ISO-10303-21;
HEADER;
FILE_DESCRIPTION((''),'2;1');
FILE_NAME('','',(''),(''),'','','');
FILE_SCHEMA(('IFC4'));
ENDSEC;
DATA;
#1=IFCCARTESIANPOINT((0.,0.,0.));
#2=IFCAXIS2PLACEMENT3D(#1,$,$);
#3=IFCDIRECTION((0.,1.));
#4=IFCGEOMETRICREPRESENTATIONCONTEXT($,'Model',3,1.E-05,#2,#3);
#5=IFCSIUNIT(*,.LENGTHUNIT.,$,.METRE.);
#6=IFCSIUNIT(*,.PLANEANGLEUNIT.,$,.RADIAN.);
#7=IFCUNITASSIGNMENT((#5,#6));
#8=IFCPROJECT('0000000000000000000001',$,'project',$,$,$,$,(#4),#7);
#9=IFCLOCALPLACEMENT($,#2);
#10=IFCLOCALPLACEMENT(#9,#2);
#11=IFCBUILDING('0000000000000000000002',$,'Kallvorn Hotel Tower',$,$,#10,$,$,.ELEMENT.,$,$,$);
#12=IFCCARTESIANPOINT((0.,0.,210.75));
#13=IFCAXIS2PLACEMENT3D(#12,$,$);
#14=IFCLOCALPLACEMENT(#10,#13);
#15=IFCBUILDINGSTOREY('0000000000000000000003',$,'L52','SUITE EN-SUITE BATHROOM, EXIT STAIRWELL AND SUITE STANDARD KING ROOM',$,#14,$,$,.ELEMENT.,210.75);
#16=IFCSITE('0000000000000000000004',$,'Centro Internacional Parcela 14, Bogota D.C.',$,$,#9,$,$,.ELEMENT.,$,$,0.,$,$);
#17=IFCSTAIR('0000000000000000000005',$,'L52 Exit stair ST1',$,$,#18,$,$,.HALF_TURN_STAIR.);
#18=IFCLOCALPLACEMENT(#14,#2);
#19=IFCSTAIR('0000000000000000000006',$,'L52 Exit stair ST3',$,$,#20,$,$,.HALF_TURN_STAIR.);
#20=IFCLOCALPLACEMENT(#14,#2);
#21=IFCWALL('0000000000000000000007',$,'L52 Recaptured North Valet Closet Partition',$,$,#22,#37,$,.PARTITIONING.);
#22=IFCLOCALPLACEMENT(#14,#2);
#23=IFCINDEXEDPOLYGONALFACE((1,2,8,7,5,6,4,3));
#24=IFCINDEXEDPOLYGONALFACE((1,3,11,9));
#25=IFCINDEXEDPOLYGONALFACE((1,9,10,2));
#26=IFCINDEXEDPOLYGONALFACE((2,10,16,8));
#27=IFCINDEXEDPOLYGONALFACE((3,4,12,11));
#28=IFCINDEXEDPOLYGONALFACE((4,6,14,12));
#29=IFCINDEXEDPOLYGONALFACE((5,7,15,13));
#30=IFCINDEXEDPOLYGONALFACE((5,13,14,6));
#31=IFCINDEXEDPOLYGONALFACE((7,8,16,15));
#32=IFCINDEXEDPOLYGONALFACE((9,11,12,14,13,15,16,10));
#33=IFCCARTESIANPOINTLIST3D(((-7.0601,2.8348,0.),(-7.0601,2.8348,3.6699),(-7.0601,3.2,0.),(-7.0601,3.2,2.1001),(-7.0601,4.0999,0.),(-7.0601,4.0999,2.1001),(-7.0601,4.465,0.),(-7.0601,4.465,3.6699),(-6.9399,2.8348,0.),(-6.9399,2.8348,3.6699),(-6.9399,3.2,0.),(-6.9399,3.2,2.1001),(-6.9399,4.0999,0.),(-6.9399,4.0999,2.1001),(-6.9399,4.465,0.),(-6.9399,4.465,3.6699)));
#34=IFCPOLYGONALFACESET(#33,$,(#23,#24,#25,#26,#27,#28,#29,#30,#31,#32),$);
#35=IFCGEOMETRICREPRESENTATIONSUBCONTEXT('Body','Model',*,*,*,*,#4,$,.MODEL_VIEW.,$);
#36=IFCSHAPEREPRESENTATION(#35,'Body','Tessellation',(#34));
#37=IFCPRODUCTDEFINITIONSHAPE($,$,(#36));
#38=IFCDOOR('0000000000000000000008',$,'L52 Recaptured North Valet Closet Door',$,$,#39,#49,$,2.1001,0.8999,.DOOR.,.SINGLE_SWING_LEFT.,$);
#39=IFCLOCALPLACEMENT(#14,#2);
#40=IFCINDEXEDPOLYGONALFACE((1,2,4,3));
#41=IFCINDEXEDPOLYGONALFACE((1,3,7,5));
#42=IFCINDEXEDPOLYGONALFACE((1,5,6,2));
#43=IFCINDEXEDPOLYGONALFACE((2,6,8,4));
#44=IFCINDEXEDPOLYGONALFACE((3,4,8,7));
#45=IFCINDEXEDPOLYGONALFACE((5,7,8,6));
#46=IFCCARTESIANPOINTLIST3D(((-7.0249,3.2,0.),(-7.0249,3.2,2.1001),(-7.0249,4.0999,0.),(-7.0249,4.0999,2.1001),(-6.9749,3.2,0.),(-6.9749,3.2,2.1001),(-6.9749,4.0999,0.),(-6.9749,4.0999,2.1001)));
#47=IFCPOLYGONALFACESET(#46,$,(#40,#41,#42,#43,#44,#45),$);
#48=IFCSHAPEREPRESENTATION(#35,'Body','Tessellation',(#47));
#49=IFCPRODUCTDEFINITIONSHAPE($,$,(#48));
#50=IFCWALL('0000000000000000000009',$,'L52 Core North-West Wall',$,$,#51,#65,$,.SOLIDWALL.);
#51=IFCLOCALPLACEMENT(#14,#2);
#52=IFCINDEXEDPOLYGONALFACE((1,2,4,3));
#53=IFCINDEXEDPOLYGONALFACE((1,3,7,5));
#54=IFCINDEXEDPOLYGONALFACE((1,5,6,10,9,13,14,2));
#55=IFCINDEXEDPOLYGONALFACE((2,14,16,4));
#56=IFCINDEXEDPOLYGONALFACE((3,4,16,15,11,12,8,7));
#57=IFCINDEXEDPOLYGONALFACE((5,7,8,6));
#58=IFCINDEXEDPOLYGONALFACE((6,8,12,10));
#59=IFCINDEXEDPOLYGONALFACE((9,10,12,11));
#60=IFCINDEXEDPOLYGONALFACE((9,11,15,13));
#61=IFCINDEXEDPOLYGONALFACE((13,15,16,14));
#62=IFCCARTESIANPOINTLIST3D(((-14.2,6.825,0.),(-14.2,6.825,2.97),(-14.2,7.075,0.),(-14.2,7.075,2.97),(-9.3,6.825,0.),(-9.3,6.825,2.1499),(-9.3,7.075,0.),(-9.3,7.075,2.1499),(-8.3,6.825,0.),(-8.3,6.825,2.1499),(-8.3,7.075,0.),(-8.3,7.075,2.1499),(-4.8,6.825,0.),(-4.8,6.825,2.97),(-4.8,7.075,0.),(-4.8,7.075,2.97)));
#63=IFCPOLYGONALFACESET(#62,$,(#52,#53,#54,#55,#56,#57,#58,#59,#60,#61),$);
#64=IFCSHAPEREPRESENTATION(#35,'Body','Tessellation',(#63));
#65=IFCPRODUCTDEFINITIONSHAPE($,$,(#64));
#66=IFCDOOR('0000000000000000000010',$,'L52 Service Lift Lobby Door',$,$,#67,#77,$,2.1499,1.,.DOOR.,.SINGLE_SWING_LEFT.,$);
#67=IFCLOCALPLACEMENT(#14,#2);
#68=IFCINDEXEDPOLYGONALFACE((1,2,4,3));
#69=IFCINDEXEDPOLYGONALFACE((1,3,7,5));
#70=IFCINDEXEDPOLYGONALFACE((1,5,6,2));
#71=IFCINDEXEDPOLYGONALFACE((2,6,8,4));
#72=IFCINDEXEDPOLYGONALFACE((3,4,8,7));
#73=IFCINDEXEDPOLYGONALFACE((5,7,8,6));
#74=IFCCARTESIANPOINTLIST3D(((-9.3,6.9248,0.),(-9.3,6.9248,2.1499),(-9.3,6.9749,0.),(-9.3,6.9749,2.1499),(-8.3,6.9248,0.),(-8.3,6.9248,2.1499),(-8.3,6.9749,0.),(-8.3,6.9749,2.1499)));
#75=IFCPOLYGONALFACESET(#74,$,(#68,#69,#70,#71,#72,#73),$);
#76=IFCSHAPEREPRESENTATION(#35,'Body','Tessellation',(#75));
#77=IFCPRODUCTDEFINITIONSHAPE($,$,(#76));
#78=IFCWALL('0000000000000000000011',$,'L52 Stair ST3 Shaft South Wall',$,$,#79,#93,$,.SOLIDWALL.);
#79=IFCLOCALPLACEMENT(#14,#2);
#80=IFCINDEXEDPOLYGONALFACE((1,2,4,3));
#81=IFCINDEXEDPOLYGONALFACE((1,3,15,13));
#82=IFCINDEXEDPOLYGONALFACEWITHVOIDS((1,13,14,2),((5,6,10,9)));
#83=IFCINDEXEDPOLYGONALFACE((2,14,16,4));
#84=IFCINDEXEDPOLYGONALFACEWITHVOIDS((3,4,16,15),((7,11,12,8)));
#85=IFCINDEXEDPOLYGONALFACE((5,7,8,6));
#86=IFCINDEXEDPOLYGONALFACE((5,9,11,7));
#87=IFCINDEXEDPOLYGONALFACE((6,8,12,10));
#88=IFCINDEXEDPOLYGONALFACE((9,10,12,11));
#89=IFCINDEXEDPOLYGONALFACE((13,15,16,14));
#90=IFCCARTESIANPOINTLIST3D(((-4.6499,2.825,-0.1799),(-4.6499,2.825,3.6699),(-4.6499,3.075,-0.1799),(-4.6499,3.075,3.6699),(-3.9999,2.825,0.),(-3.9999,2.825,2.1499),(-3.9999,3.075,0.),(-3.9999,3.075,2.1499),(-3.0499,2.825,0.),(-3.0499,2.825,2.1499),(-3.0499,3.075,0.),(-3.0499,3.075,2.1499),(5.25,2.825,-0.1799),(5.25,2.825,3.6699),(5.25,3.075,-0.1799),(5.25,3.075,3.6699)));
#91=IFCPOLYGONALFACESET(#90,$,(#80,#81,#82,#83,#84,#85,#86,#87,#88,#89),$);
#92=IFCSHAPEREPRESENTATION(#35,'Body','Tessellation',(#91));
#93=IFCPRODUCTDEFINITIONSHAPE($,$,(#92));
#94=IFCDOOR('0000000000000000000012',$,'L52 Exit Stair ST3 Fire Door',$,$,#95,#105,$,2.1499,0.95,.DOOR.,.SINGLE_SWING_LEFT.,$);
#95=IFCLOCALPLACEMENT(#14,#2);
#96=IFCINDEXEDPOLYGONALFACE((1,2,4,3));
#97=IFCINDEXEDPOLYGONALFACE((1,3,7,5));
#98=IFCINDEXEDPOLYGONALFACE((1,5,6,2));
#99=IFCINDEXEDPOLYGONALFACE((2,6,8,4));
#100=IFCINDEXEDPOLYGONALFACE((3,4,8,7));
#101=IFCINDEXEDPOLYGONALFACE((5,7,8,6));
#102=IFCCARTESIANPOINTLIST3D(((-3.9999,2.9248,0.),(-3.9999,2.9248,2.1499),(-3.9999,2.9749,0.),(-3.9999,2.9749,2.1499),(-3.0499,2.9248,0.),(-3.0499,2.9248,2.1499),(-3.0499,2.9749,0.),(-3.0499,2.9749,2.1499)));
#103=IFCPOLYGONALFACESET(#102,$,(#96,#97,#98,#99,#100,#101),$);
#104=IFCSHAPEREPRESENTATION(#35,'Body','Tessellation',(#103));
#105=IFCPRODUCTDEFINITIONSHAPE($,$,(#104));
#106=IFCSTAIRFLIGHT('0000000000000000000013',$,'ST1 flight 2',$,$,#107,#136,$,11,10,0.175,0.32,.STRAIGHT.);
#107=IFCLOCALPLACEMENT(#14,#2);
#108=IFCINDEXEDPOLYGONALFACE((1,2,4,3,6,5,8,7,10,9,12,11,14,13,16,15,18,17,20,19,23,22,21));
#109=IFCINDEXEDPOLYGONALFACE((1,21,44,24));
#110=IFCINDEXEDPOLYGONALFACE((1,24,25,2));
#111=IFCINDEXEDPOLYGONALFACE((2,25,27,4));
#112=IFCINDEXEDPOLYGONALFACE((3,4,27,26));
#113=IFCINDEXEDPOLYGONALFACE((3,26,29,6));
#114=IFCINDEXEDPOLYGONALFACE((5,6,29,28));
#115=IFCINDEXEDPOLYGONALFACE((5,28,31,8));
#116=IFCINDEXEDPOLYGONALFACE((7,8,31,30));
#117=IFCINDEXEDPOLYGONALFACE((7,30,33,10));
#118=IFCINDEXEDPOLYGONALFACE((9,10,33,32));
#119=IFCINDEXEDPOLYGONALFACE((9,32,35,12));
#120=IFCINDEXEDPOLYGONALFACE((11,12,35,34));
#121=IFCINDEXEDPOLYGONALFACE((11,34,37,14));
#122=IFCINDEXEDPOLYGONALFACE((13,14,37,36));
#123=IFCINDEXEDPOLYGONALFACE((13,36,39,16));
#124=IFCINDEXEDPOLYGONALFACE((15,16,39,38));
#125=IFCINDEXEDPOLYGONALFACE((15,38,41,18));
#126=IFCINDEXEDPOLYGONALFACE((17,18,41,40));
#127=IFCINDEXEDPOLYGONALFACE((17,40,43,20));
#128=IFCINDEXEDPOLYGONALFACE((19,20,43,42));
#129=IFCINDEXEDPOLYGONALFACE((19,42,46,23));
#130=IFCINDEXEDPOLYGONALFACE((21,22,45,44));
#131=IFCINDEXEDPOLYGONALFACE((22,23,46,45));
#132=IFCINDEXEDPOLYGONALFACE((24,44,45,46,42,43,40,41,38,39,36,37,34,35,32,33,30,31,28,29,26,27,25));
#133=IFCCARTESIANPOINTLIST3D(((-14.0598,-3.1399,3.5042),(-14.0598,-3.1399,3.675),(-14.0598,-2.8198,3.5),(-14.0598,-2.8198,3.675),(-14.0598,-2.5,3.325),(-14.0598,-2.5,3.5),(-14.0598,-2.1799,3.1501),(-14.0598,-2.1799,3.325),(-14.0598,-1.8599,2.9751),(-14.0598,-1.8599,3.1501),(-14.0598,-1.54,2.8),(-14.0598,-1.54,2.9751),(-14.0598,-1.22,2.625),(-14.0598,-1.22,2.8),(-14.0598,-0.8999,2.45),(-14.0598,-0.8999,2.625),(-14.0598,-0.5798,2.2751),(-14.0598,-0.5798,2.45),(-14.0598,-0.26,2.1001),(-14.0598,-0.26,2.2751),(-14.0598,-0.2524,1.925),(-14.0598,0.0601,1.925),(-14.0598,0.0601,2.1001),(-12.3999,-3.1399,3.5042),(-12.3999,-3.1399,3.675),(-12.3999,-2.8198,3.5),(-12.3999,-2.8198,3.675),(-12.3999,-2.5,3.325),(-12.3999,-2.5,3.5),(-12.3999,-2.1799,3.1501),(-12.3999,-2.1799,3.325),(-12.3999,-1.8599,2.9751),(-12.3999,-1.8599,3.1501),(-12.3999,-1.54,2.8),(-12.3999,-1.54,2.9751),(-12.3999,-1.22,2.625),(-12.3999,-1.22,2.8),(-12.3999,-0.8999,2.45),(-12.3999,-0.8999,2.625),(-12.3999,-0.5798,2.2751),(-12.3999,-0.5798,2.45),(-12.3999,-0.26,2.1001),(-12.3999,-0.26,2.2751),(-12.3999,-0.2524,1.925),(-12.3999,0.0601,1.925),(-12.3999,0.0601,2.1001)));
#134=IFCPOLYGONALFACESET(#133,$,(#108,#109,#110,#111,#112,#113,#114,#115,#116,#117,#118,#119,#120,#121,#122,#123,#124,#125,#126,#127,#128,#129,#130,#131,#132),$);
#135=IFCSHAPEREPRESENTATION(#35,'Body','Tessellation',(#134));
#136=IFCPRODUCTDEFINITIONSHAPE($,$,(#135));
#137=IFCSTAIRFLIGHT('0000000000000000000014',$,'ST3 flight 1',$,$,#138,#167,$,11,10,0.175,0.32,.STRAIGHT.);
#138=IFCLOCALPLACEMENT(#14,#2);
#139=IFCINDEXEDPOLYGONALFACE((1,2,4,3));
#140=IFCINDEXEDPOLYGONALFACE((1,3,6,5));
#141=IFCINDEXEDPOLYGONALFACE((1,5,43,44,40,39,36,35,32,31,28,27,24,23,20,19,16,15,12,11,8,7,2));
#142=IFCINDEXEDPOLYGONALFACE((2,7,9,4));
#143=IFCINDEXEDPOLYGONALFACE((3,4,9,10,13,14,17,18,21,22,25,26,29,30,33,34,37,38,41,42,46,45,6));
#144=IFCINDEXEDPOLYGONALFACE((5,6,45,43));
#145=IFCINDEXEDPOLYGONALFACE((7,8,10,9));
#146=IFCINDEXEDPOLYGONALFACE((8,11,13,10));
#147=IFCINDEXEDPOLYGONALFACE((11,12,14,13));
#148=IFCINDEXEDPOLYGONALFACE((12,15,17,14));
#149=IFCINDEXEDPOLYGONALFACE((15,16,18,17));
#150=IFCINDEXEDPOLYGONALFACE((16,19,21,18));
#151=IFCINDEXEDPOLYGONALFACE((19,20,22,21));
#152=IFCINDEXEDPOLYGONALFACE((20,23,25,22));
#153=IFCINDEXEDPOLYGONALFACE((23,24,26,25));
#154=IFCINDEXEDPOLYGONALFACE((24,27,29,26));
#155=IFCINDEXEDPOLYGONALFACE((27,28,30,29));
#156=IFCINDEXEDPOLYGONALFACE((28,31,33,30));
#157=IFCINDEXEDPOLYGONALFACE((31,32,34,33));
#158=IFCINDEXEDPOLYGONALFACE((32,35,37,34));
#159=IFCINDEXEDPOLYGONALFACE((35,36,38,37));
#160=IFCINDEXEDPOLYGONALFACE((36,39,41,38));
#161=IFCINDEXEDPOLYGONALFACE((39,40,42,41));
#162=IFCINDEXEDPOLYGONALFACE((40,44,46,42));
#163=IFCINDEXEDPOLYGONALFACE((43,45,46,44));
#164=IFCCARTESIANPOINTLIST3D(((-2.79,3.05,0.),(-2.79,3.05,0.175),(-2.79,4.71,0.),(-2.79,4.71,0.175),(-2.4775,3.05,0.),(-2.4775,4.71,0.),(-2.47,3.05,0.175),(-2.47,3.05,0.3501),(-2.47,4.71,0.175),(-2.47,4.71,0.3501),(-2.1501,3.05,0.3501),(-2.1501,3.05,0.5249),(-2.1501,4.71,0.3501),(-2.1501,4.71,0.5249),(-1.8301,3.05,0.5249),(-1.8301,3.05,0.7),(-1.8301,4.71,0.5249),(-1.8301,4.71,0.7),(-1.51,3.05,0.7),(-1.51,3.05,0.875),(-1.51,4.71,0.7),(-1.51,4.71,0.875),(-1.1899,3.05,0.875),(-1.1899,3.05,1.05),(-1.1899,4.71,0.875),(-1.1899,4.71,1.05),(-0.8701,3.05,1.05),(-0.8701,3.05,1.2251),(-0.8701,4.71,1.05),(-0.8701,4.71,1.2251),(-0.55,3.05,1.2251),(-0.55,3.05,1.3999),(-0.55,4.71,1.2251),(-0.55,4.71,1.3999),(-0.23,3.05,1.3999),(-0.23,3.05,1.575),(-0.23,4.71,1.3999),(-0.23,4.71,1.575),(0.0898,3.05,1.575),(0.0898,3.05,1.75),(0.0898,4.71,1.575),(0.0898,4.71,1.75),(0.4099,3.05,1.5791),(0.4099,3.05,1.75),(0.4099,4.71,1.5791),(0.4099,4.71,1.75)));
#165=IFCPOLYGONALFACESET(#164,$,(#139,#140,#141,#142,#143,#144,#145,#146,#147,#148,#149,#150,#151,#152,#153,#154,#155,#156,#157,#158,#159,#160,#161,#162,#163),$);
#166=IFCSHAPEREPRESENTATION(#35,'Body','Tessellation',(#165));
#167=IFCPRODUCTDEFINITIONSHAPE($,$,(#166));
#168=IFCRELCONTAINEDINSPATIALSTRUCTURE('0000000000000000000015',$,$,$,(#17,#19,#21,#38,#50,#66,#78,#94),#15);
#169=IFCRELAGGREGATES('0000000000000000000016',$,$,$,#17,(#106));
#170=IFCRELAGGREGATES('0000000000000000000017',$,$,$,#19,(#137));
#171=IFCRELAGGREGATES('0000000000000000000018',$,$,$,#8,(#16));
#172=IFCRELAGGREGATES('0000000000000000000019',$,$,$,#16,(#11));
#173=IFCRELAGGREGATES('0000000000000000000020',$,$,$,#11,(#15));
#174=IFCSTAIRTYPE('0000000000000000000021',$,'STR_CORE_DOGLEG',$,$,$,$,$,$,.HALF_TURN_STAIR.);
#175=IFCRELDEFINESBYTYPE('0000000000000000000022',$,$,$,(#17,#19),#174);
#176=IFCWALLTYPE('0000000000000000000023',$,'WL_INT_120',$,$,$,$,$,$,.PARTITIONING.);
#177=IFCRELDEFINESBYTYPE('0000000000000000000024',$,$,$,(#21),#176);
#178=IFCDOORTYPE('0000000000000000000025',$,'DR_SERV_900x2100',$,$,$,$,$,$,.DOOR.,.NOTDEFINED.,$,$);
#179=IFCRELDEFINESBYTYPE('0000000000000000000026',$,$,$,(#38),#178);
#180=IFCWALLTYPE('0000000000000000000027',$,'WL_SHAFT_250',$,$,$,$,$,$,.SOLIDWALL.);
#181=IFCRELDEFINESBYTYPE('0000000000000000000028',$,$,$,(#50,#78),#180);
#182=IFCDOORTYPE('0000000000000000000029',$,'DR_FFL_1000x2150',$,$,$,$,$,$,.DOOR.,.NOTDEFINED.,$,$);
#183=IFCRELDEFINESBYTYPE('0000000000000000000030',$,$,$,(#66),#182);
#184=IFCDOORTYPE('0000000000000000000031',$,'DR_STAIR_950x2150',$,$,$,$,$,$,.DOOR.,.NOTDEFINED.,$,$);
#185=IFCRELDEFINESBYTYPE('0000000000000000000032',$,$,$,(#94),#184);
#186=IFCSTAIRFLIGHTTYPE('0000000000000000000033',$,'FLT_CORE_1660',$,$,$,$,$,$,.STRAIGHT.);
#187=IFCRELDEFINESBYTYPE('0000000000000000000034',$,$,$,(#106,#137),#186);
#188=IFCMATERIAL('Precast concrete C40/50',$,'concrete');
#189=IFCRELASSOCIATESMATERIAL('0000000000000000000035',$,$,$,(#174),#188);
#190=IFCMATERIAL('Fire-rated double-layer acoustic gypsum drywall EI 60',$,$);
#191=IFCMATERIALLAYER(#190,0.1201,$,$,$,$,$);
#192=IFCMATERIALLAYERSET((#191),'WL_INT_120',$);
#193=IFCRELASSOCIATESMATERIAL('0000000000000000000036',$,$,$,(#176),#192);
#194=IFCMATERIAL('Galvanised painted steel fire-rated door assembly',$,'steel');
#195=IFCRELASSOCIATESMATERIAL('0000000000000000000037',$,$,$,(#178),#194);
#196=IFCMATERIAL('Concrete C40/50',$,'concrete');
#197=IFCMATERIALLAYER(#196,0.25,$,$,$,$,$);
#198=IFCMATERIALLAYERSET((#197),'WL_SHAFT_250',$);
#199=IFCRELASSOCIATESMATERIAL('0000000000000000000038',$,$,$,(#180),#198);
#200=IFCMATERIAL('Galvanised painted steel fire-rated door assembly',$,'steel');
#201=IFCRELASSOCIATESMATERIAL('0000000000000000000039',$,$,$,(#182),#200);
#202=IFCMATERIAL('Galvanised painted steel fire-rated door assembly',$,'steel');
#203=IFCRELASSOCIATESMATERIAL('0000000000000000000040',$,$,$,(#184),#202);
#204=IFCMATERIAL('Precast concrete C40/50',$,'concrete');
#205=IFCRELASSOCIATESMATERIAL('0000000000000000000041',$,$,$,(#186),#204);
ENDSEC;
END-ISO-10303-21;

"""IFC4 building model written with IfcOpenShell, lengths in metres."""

from ifc_helpers import new_model, si_unit, direction, frame, frame_2d, origin, place, context, subcontext, project, spatial, polyline, rectangle, outline, extrude, material, layer, layer_set, type_object, element, fill, aggregate, save


model = new_model("IFC4")

# Units and contexts
model_context = context("Model", 3, precision=1e-05, world=origin(), true_north=direction((0.0, 1.0)))
body_context = subcontext(model_context, "Body", "Model", "MODEL_VIEW")
ifc_project = project(units=[si_unit("LENGTHUNIT", "METRE"), si_unit("PLANEANGLEUNIT", "RADIAN")], contexts=[model_context])

# Site, building, storey
site_placement = place(None, origin())
site = spatial("IfcSite", under=ifc_project, at=site_placement, Name="Centro Internacional Parcela 14, Bogota D.C.", CompositionType="ELEMENT", RefElevation=0.0)
building_placement = place(site_placement, origin())
building = spatial("IfcBuilding", under=site, at=building_placement, Name="Kallvorn Hotel Tower", CompositionType="ELEMENT")
storey_placement = place(building_placement, frame((0.0, 0.0, 210.75)))
storey = spatial("IfcBuildingStorey", under=building, at=storey_placement, Name="L52", Description="SUITE EN-SUITE BATHROOM, EXIT STAIRWELL AND SUITE STANDARD KING ROOM", CompositionType="ELEMENT", Elevation=210.75)

# Stairs
ifc_material_1 = material(Name="Precast concrete C40/50", Category="concrete")
stair_type = type_object("IfcStairType", Name="STR_CORE_DOGLEG", PredefinedType="HALF_TURN_STAIR", material=ifc_material_1)
stair_1_placement = place(storey_placement, origin())
stair_1 = element("IfcStair", 1, at=stair_1_placement, inside=storey, type_object=stair_type, Name="L52 Exit stair ST1", PredefinedType="HALF_TURN_STAIR")
stair_2_placement = place(storey_placement, origin())
stair_2 = element("IfcStair", 2, at=stair_2_placement, inside=storey, type_object=stair_type, Name="L52 Exit stair ST3", PredefinedType="HALF_TURN_STAIR")

# Shared definitions
ifc_material_2 = material(Name="Fire-rated double-layer acoustic gypsum drywall EI 60")
ifc_layer_1 = layer(ifc_material_2, 0.1201)
ifc_layer_set_1 = layer_set([ifc_layer_1], Name="WL_INT_120")
wall_type_1 = type_object("IfcWallType", Name="WL_INT_120", PredefinedType="PARTITIONING", material=ifc_layer_set_1)

# Walls, openings, doors
wall_1_placement = place(storey_placement, frame((-7.0, 2.835, 0.0), z_axis=(0.0, 0.0, 1.0), x_axis=(0.0, 1.0, 0.0)))
wall_1 = element("IfcWall", 3, at=wall_1_placement, inside=storey, type_object=wall_type_1, Name="L52 Recaptured North Valet Closet Partition", PredefinedType="PARTITIONING", context=body_context, shape_type="SweptSolid", body=[
    extrude(rectangle(XDim=1.6301, YDim=0.1201, at=frame_2d((0.8149, 0.0))), origin(), (0.0, 0.0, 1.0), 3.6699),
])
opening_1_placement = place(wall_1_placement, frame((0.365, 0.0, 0.0)))
opening_1 = element("IfcOpeningElement", 4, at=opening_1_placement, cuts=wall_1, PredefinedType="OPENING", context=body_context, shape_type="SweptSolid", body=[
    extrude(rectangle(XDim=0.8999, YDim=2.1001, at=frame_2d((0.45, 1.05))), frame((0.0, 0.075, 0.0), z_axis=(0.0, -1.0, 0.0), x_axis=(1.0, 0.0, 0.0)), (0.0, 0.0, 1.0), 0.1501),
])
ifc_material_3 = material(Name="Galvanised painted steel fire-rated door assembly", Category="steel")
door_type_1 = type_object("IfcDoorType", Name="DR_SERV_900x2100", OperationType="NOTDEFINED", PredefinedType="DOOR", material=ifc_material_3)
door_1_placement = place(opening_1_placement, origin())
door_1 = element("IfcDoor", 5, at=door_1_placement, inside=storey, type_object=door_type_1, Name="L52 Recaptured North Valet Closet Door", OperationType="SINGLE_SWING_LEFT", OverallHeight=2.1001, OverallWidth=0.8999, PredefinedType="DOOR", context=body_context, shape_type="SweptSolid", body=[
    extrude(rectangle(XDim=0.8999, YDim=2.1001, at=frame_2d((0.45, 1.05))), frame((0.0, 0.0249, 0.0), z_axis=(0.0, -1.0, 0.0), x_axis=(1.0, 0.0, 0.0)), (0.0, 0.0, 1.0), 0.05),
])
fill(opening_1, door_1)
ifc_material_4 = material(Name="Concrete C40/50", Category="concrete")
ifc_layer_2 = layer(ifc_material_4, 0.25)
ifc_layer_set_2 = layer_set([ifc_layer_2], Name="WL_SHAFT_250")
wall_type_2 = type_object("IfcWallType", Name="WL_SHAFT_250", PredefinedType="SOLIDWALL", material=ifc_layer_set_2)
wall_2_placement = place(storey_placement, frame((-14.2, 6.95, 0.0), z_axis=(0.0, 0.0, 1.0), x_axis=(1.0, 0.0, 0.0)))
wall_2 = element("IfcWall", 6, at=wall_2_placement, inside=storey, type_object=wall_type_2, Name="L52 Core North-West Wall", PredefinedType="SOLIDWALL", context=body_context, shape_type="SweptSolid", body=[
    extrude(rectangle(XDim=9.3999, YDim=0.25, at=frame_2d((4.7, 0.0))), origin(), (0.0, 0.0, 1.0), 2.97),
])
opening_2_placement = place(wall_2_placement, frame((4.8999, 0.0, 0.0)))
opening_2 = element("IfcOpeningElement", 7, at=opening_2_placement, cuts=wall_2, PredefinedType="OPENING", context=body_context, shape_type="SweptSolid", body=[
    extrude(rectangle(XDim=1.0, YDim=2.1499, at=frame_2d((0.5, 1.075))), frame((0.0, 0.1399, 0.0), z_axis=(0.0, -1.0, 0.0), x_axis=(1.0, 0.0, 0.0)), (0.0, 0.0, 1.0), 0.28),
])
ifc_material_5 = material(Name="Galvanised painted steel fire-rated door assembly", Category="steel")
door_type_2 = type_object("IfcDoorType", Name="DR_FFL_1000x2150", OperationType="NOTDEFINED", PredefinedType="DOOR", material=ifc_material_5)
door_2_placement = place(opening_2_placement, origin())
door_2 = element("IfcDoor", 8, at=door_2_placement, inside=storey, type_object=door_type_2, Name="L52 Service Lift Lobby Door", OperationType="SINGLE_SWING_LEFT", OverallHeight=2.1499, OverallWidth=1.0, PredefinedType="DOOR", context=body_context, shape_type="SweptSolid", body=[
    extrude(rectangle(XDim=1.0, YDim=2.1499, at=frame_2d((0.5, 1.075))), frame((0.0, 0.0249, 0.0), z_axis=(0.0, -1.0, 0.0), x_axis=(1.0, 0.0, 0.0)), (0.0, 0.0, 1.0), 0.05),
])
fill(opening_2, door_2)
wall_3_placement = place(storey_placement, frame((-4.6499, 2.95, -0.1799), z_axis=(0.0, 0.0, 1.0), x_axis=(1.0, 0.0, 0.0)))
wall_3 = element("IfcWall", 9, at=wall_3_placement, inside=storey, type_object=wall_type_2, Name="L52 Stair ST3 Shaft South Wall", PredefinedType="SOLIDWALL", context=body_context, shape_type="SweptSolid", body=[
    extrude(rectangle(XDim=9.8999, YDim=0.25, at=frame_2d((4.95, 0.0))), origin(), (0.0, 0.0, 1.0), 3.8499),
])
opening_3_placement = place(wall_3_placement, frame((0.6499, 0.0, 0.1799)))
opening_3 = element("IfcOpeningElement", 10, at=opening_3_placement, cuts=wall_3, PredefinedType="OPENING", context=body_context, shape_type="SweptSolid", body=[
    extrude(rectangle(XDim=0.95, YDim=2.1499, at=frame_2d((0.4751, 1.075))), frame((0.0, 0.1399, 0.0), z_axis=(0.0, -1.0, 0.0), x_axis=(1.0, 0.0, 0.0)), (0.0, 0.0, 1.0), 0.28),
])
ifc_material_6 = material(Name="Galvanised painted steel fire-rated door assembly", Category="steel")
door_type_3 = type_object("IfcDoorType", Name="DR_STAIR_950x2150", OperationType="NOTDEFINED", PredefinedType="DOOR", material=ifc_material_6)
door_3_placement = place(opening_3_placement, origin())
door_3 = element("IfcDoor", 11, at=door_3_placement, inside=storey, type_object=door_type_3, Name="L52 Exit Stair ST3 Fire Door", OperationType="SINGLE_SWING_LEFT", OverallHeight=2.1499, OverallWidth=0.95, PredefinedType="DOOR", context=body_context, shape_type="SweptSolid", body=[
    extrude(rectangle(XDim=0.95, YDim=2.1499, at=frame_2d((0.4751, 1.075))), frame((0.0, 0.0249, 0.0), z_axis=(0.0, -1.0, 0.0), x_axis=(1.0, 0.0, 0.0)), (0.0, 0.0, 1.0), 0.05),
])
fill(opening_3, door_3)

# Stair flights
ifc_material_7 = material(Name="Precast concrete C40/50", Category="concrete")
stair_flight_type = type_object("IfcStairFlightType", Name="FLT_CORE_1660", PredefinedType="STRAIGHT", material=ifc_material_7)
stair_flight_1_placement = place(storey_placement, frame((-13.23, 0.0601, 1.925), z_axis=(0.0, 0.0, 1.0), x_axis=(0.0, -1.0, 0.0)))
stair_flight_1 = element("IfcStairFlight", 12, at=stair_flight_1_placement, type_object=stair_flight_type, Name="ST1 flight 2", NumberOfRisers=11, NumberOfTreads=10, PredefinedType="STRAIGHT", RiserHeight=0.175, TreadLength=0.32, context=body_context, shape_type="SweptSolid", body=[
    extrude(outline(polyline([(0.0, 0.0), (0.0, 0.175), (0.3201, 0.175), (0.3201, 0.3501), (0.6399, 0.3501), (0.6399, 0.5249), (0.96, 0.5249), (0.96, 0.7), (1.28, 0.7), (1.28, 0.875), (1.6001, 0.875), (1.6001, 1.05), (1.9199, 1.05), (1.9199, 1.2251), (2.24, 1.2251), (2.24, 1.3999), (2.5601, 1.3999), (2.5601, 1.575), (2.8799, 1.575), (2.8799, 1.75), (3.2, 1.75), (3.2, 1.925), (3.2, 1.5791), (0.3125, 0.0), (0.0, 0.0)])), frame((0.0, 0.8301, 0.0), z_axis=(0.0, -1.0, 0.0), x_axis=(1.0, 0.0, 0.0)), (0.0, 0.0, 1.0), 1.6599),
])
aggregate(stair_1, [stair_flight_1])
stair_flight_2_placement = place(storey_placement, frame((-2.79, 3.8799, 0.0), z_axis=(0.0, 0.0, 1.0), x_axis=(1.0, 0.0, 0.0)))
stair_flight_2 = element("IfcStairFlight", 13, at=stair_flight_2_placement, type_object=stair_flight_type, Name="ST3 flight 1", NumberOfRisers=11, NumberOfTreads=10, PredefinedType="STRAIGHT", RiserHeight=0.175, TreadLength=0.32, context=body_context, shape_type="SweptSolid", body=[
    extrude(outline(polyline([(0.0, 0.0), (0.0, 0.175), (0.3201, 0.175), (0.3201, 0.3501), (0.6399, 0.3501), (0.6399, 0.5249), (0.96, 0.5249), (0.96, 0.7), (1.28, 0.7), (1.28, 0.875), (1.6001, 0.875), (1.6001, 1.05), (1.9199, 1.05), (1.9199, 1.2251), (2.24, 1.2251), (2.24, 1.3999), (2.5601, 1.3999), (2.5601, 1.575), (2.8799, 1.575), (2.8799, 1.75), (3.2, 1.75), (3.2, 1.925), (3.2, 1.5791), (0.3125, 0.0), (0.0, 0.0)])), frame((0.0, 0.8301, 0.0), z_axis=(0.0, -1.0, 0.0), x_axis=(1.0, 0.0, 0.0)), (0.0, 0.0, 1.0), 1.6599),
])
aggregate(stair_2, [stair_flight_2])

save(model, "model.ifc")
